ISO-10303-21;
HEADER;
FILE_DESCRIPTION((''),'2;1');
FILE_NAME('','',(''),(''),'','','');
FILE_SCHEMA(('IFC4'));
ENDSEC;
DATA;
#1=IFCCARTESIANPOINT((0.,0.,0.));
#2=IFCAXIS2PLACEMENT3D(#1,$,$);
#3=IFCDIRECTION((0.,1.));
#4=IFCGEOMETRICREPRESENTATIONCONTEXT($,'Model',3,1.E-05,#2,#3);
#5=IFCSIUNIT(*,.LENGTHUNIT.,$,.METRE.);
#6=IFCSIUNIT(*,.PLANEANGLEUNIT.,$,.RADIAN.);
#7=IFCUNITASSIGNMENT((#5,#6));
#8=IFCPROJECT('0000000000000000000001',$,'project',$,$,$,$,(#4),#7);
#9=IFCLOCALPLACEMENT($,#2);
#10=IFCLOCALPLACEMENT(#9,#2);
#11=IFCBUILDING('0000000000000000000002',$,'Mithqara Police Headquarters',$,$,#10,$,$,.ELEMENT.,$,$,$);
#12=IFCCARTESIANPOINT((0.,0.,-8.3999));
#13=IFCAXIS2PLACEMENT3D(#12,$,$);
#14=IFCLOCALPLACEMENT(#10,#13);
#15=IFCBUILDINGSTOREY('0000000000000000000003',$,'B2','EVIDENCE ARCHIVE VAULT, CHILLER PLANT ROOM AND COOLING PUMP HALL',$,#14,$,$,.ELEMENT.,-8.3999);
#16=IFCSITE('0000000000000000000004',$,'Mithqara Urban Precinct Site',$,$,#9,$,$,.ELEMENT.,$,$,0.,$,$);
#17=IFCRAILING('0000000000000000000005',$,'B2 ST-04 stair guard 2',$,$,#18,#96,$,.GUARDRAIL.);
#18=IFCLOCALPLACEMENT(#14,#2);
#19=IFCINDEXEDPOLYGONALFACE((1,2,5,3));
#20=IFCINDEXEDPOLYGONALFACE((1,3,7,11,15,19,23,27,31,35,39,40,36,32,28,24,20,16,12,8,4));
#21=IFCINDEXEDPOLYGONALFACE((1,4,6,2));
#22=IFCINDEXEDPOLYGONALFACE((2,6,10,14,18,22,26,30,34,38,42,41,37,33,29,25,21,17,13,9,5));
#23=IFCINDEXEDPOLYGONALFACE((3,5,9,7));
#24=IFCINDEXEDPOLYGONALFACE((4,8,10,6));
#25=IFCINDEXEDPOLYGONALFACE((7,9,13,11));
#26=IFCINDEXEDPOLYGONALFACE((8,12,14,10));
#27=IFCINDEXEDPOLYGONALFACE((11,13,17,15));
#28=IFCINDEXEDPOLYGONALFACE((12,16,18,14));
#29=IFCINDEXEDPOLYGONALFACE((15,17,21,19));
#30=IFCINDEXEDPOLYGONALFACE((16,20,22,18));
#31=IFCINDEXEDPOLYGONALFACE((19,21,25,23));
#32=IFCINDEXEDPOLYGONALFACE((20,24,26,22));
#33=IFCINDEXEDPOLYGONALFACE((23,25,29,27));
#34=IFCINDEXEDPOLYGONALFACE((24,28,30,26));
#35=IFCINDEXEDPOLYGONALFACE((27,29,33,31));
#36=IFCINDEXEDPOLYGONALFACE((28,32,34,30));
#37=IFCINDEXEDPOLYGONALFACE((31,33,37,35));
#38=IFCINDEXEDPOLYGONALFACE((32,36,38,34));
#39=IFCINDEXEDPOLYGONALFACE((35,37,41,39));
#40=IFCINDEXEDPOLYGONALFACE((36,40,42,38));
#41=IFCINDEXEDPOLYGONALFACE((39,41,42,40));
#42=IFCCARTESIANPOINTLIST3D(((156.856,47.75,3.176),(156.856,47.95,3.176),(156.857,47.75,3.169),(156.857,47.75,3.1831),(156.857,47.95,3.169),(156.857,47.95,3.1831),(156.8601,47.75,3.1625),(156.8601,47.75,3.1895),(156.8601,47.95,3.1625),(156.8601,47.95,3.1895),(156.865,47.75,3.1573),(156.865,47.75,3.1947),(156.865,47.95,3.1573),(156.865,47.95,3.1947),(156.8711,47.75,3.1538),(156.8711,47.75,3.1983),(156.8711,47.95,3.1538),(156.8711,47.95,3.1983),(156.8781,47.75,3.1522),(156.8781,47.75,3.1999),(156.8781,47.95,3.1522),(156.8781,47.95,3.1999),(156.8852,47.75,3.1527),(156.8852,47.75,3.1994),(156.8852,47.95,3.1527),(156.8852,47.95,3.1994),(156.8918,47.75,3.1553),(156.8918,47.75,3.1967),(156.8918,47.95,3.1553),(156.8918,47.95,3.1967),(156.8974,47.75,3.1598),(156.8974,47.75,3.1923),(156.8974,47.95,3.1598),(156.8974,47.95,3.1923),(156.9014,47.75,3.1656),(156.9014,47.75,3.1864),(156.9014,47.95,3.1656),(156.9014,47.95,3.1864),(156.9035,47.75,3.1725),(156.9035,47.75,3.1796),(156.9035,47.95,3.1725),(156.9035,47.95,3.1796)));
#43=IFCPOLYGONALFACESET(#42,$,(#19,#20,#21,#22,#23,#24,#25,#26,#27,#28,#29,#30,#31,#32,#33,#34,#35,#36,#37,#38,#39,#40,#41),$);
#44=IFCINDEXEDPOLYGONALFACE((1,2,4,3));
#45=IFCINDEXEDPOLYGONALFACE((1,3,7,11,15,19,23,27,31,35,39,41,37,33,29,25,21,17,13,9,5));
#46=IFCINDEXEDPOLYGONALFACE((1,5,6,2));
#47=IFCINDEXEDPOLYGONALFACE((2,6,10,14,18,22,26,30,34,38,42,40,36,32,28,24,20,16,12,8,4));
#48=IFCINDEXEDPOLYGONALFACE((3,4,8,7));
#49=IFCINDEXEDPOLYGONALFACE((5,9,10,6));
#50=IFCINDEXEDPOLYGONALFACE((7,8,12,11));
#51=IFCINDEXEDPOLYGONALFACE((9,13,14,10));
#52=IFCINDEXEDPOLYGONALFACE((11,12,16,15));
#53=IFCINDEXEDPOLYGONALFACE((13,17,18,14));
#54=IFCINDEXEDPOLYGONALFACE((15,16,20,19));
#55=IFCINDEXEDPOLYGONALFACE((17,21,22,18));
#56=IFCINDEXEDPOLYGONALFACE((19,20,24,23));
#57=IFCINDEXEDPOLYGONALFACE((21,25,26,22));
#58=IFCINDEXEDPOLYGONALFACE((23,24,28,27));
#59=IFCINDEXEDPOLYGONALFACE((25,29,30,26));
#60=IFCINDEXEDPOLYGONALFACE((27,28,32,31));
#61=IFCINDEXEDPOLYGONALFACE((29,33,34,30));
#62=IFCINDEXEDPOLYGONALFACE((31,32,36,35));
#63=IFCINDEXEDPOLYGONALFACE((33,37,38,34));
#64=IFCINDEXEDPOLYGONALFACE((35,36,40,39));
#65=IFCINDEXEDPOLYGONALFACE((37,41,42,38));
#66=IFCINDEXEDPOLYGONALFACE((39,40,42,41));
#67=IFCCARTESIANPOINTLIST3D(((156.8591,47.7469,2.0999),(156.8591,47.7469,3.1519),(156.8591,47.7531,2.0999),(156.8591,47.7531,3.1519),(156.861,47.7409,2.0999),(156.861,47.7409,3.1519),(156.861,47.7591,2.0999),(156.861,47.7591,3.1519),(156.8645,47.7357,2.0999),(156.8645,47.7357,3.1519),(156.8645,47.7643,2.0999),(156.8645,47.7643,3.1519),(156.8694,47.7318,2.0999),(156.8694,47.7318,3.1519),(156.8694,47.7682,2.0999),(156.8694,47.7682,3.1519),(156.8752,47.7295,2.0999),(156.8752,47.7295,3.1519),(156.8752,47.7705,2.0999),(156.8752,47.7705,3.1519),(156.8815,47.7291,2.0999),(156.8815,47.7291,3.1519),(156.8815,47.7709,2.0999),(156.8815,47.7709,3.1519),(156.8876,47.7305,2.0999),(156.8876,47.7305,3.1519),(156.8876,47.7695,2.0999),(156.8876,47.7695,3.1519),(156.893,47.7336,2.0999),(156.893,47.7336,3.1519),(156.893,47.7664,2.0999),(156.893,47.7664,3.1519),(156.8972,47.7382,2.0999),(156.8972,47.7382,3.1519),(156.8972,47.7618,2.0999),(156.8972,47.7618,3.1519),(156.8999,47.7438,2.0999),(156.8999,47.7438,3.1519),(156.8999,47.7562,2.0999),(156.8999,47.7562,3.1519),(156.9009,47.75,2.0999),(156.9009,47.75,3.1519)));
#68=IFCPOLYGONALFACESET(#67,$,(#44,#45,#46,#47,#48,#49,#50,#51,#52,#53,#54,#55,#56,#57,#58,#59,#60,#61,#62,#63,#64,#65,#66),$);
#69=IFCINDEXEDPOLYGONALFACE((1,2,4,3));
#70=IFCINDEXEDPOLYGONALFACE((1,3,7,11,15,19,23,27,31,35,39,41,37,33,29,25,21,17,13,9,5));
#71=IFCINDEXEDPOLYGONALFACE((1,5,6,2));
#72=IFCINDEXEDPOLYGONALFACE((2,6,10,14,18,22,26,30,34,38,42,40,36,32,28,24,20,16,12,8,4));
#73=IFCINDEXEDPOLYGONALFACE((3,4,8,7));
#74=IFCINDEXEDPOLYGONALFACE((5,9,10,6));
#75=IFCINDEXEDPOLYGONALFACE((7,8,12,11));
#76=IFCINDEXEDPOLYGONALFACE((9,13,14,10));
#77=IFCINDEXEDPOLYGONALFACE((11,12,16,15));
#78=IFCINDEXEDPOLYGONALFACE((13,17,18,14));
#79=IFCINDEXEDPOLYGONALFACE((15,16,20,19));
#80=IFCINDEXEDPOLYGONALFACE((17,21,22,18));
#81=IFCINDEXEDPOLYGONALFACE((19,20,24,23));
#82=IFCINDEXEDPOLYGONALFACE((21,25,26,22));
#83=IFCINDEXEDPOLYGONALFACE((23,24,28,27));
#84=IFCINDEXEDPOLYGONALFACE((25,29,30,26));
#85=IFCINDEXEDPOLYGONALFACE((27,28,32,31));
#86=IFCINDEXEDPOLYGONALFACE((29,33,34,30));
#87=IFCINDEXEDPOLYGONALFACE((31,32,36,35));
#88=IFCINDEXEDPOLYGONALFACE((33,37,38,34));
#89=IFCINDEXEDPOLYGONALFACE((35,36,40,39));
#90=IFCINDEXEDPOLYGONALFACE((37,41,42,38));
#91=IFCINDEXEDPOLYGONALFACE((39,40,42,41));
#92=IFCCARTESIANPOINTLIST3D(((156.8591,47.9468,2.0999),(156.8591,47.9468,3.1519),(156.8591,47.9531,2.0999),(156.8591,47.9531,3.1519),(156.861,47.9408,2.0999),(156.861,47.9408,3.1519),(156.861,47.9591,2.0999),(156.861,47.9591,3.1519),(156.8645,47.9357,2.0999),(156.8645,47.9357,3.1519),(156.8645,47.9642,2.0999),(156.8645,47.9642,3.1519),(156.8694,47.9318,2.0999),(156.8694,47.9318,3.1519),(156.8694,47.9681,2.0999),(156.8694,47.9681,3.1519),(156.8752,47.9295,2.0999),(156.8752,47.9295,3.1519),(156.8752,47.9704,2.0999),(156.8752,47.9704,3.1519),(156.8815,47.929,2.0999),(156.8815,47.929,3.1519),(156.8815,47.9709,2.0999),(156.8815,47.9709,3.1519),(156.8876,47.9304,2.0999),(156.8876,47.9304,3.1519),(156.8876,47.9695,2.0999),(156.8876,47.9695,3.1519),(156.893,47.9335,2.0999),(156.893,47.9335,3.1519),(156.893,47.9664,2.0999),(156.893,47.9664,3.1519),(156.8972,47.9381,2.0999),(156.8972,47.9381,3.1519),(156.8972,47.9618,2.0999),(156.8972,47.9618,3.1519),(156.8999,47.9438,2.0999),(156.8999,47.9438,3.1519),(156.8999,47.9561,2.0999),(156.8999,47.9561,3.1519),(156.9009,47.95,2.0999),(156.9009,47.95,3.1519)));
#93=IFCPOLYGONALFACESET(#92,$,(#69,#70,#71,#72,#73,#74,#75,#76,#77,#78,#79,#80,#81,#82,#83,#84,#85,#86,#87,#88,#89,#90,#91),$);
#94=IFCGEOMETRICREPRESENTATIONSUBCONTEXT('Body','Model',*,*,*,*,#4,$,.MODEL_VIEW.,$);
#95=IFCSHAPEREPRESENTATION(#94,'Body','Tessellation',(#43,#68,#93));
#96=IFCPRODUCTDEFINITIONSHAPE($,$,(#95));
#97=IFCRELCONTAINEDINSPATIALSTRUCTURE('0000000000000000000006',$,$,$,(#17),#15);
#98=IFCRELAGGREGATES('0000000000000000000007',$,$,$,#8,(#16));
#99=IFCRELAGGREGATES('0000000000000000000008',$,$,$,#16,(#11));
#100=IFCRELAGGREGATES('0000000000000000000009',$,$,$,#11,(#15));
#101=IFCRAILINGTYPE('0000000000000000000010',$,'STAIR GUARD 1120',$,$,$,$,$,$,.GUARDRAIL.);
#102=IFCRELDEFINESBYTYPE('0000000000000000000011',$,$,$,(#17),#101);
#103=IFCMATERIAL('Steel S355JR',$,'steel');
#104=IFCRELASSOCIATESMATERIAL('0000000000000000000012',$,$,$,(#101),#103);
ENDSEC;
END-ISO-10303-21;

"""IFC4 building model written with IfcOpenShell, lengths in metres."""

from ifc_helpers import new_model, si_unit, direction, frame, origin, origin_2d, place, context, subcontext, project, spatial, circle, extrude, material, type_object, element, save


model = new_model("IFC4")

# Units and contexts
model_context = context("Model", 3, precision=1e-05, world=origin(), true_north=direction((0.0, 1.0)))
body_context = subcontext(model_context, "Body", "Model", "MODEL_VIEW")
ifc_project = project(units=[si_unit("LENGTHUNIT", "METRE"), si_unit("PLANEANGLEUNIT", "RADIAN")], contexts=[model_context])

# Site, building, storey
site_placement = place(None, origin())
site = spatial("IfcSite", under=ifc_project, at=site_placement, Name="Mithqara Urban Precinct Site", CompositionType="ELEMENT", RefElevation=0.0)
building_placement = place(site_placement, origin())
building = spatial("IfcBuilding", under=site, at=building_placement, Name="Mithqara Police Headquarters", CompositionType="ELEMENT")
storey_placement = place(building_placement, frame((0.0, 0.0, -8.3999)))
storey = spatial("IfcBuildingStorey", under=building, at=storey_placement, Name="B2", Description="EVIDENCE ARCHIVE VAULT, CHILLER PLANT ROOM AND COOLING PUMP HALL", CompositionType="ELEMENT", Elevation=-8.3999)

# Railing
ifc_material_1 = material(Name="Steel S355JR", Category="steel")
railing_type_1 = type_object("IfcRailingType", Name="STAIR GUARD 1120", PredefinedType="GUARDRAIL", material=ifc_material_1)
railing_1_placement = place(storey_placement, frame((156.8799, 47.75, 2.0999)))
element("IfcRailing", 1, at=railing_1_placement, inside=storey, type_object=railing_type_1, Name="B2 ST-04 stair guard 2", PredefinedType="GUARDRAIL", context=body_context, shape_type="SweptSolid", body=[
    extrude(circle(Radius=0.0239, at=origin_2d()), frame((0.0, 0.0, 1.0762), z_axis=(0.0, 1.0, 0.0), x_axis=(-1.0, 0.0, 0.0)), (0.0, 0.0, 1.0), 0.2),
    extrude(circle(Radius=0.021, at=origin_2d()), origin(), (0.0, 0.0, 1.0), 1.052),
    extrude(circle(Radius=0.021, at=origin_2d()), frame((0.0, 0.2, 0.0)), (0.0, 0.0, 1.0), 1.052),
])

save(model, "model.ifc")
